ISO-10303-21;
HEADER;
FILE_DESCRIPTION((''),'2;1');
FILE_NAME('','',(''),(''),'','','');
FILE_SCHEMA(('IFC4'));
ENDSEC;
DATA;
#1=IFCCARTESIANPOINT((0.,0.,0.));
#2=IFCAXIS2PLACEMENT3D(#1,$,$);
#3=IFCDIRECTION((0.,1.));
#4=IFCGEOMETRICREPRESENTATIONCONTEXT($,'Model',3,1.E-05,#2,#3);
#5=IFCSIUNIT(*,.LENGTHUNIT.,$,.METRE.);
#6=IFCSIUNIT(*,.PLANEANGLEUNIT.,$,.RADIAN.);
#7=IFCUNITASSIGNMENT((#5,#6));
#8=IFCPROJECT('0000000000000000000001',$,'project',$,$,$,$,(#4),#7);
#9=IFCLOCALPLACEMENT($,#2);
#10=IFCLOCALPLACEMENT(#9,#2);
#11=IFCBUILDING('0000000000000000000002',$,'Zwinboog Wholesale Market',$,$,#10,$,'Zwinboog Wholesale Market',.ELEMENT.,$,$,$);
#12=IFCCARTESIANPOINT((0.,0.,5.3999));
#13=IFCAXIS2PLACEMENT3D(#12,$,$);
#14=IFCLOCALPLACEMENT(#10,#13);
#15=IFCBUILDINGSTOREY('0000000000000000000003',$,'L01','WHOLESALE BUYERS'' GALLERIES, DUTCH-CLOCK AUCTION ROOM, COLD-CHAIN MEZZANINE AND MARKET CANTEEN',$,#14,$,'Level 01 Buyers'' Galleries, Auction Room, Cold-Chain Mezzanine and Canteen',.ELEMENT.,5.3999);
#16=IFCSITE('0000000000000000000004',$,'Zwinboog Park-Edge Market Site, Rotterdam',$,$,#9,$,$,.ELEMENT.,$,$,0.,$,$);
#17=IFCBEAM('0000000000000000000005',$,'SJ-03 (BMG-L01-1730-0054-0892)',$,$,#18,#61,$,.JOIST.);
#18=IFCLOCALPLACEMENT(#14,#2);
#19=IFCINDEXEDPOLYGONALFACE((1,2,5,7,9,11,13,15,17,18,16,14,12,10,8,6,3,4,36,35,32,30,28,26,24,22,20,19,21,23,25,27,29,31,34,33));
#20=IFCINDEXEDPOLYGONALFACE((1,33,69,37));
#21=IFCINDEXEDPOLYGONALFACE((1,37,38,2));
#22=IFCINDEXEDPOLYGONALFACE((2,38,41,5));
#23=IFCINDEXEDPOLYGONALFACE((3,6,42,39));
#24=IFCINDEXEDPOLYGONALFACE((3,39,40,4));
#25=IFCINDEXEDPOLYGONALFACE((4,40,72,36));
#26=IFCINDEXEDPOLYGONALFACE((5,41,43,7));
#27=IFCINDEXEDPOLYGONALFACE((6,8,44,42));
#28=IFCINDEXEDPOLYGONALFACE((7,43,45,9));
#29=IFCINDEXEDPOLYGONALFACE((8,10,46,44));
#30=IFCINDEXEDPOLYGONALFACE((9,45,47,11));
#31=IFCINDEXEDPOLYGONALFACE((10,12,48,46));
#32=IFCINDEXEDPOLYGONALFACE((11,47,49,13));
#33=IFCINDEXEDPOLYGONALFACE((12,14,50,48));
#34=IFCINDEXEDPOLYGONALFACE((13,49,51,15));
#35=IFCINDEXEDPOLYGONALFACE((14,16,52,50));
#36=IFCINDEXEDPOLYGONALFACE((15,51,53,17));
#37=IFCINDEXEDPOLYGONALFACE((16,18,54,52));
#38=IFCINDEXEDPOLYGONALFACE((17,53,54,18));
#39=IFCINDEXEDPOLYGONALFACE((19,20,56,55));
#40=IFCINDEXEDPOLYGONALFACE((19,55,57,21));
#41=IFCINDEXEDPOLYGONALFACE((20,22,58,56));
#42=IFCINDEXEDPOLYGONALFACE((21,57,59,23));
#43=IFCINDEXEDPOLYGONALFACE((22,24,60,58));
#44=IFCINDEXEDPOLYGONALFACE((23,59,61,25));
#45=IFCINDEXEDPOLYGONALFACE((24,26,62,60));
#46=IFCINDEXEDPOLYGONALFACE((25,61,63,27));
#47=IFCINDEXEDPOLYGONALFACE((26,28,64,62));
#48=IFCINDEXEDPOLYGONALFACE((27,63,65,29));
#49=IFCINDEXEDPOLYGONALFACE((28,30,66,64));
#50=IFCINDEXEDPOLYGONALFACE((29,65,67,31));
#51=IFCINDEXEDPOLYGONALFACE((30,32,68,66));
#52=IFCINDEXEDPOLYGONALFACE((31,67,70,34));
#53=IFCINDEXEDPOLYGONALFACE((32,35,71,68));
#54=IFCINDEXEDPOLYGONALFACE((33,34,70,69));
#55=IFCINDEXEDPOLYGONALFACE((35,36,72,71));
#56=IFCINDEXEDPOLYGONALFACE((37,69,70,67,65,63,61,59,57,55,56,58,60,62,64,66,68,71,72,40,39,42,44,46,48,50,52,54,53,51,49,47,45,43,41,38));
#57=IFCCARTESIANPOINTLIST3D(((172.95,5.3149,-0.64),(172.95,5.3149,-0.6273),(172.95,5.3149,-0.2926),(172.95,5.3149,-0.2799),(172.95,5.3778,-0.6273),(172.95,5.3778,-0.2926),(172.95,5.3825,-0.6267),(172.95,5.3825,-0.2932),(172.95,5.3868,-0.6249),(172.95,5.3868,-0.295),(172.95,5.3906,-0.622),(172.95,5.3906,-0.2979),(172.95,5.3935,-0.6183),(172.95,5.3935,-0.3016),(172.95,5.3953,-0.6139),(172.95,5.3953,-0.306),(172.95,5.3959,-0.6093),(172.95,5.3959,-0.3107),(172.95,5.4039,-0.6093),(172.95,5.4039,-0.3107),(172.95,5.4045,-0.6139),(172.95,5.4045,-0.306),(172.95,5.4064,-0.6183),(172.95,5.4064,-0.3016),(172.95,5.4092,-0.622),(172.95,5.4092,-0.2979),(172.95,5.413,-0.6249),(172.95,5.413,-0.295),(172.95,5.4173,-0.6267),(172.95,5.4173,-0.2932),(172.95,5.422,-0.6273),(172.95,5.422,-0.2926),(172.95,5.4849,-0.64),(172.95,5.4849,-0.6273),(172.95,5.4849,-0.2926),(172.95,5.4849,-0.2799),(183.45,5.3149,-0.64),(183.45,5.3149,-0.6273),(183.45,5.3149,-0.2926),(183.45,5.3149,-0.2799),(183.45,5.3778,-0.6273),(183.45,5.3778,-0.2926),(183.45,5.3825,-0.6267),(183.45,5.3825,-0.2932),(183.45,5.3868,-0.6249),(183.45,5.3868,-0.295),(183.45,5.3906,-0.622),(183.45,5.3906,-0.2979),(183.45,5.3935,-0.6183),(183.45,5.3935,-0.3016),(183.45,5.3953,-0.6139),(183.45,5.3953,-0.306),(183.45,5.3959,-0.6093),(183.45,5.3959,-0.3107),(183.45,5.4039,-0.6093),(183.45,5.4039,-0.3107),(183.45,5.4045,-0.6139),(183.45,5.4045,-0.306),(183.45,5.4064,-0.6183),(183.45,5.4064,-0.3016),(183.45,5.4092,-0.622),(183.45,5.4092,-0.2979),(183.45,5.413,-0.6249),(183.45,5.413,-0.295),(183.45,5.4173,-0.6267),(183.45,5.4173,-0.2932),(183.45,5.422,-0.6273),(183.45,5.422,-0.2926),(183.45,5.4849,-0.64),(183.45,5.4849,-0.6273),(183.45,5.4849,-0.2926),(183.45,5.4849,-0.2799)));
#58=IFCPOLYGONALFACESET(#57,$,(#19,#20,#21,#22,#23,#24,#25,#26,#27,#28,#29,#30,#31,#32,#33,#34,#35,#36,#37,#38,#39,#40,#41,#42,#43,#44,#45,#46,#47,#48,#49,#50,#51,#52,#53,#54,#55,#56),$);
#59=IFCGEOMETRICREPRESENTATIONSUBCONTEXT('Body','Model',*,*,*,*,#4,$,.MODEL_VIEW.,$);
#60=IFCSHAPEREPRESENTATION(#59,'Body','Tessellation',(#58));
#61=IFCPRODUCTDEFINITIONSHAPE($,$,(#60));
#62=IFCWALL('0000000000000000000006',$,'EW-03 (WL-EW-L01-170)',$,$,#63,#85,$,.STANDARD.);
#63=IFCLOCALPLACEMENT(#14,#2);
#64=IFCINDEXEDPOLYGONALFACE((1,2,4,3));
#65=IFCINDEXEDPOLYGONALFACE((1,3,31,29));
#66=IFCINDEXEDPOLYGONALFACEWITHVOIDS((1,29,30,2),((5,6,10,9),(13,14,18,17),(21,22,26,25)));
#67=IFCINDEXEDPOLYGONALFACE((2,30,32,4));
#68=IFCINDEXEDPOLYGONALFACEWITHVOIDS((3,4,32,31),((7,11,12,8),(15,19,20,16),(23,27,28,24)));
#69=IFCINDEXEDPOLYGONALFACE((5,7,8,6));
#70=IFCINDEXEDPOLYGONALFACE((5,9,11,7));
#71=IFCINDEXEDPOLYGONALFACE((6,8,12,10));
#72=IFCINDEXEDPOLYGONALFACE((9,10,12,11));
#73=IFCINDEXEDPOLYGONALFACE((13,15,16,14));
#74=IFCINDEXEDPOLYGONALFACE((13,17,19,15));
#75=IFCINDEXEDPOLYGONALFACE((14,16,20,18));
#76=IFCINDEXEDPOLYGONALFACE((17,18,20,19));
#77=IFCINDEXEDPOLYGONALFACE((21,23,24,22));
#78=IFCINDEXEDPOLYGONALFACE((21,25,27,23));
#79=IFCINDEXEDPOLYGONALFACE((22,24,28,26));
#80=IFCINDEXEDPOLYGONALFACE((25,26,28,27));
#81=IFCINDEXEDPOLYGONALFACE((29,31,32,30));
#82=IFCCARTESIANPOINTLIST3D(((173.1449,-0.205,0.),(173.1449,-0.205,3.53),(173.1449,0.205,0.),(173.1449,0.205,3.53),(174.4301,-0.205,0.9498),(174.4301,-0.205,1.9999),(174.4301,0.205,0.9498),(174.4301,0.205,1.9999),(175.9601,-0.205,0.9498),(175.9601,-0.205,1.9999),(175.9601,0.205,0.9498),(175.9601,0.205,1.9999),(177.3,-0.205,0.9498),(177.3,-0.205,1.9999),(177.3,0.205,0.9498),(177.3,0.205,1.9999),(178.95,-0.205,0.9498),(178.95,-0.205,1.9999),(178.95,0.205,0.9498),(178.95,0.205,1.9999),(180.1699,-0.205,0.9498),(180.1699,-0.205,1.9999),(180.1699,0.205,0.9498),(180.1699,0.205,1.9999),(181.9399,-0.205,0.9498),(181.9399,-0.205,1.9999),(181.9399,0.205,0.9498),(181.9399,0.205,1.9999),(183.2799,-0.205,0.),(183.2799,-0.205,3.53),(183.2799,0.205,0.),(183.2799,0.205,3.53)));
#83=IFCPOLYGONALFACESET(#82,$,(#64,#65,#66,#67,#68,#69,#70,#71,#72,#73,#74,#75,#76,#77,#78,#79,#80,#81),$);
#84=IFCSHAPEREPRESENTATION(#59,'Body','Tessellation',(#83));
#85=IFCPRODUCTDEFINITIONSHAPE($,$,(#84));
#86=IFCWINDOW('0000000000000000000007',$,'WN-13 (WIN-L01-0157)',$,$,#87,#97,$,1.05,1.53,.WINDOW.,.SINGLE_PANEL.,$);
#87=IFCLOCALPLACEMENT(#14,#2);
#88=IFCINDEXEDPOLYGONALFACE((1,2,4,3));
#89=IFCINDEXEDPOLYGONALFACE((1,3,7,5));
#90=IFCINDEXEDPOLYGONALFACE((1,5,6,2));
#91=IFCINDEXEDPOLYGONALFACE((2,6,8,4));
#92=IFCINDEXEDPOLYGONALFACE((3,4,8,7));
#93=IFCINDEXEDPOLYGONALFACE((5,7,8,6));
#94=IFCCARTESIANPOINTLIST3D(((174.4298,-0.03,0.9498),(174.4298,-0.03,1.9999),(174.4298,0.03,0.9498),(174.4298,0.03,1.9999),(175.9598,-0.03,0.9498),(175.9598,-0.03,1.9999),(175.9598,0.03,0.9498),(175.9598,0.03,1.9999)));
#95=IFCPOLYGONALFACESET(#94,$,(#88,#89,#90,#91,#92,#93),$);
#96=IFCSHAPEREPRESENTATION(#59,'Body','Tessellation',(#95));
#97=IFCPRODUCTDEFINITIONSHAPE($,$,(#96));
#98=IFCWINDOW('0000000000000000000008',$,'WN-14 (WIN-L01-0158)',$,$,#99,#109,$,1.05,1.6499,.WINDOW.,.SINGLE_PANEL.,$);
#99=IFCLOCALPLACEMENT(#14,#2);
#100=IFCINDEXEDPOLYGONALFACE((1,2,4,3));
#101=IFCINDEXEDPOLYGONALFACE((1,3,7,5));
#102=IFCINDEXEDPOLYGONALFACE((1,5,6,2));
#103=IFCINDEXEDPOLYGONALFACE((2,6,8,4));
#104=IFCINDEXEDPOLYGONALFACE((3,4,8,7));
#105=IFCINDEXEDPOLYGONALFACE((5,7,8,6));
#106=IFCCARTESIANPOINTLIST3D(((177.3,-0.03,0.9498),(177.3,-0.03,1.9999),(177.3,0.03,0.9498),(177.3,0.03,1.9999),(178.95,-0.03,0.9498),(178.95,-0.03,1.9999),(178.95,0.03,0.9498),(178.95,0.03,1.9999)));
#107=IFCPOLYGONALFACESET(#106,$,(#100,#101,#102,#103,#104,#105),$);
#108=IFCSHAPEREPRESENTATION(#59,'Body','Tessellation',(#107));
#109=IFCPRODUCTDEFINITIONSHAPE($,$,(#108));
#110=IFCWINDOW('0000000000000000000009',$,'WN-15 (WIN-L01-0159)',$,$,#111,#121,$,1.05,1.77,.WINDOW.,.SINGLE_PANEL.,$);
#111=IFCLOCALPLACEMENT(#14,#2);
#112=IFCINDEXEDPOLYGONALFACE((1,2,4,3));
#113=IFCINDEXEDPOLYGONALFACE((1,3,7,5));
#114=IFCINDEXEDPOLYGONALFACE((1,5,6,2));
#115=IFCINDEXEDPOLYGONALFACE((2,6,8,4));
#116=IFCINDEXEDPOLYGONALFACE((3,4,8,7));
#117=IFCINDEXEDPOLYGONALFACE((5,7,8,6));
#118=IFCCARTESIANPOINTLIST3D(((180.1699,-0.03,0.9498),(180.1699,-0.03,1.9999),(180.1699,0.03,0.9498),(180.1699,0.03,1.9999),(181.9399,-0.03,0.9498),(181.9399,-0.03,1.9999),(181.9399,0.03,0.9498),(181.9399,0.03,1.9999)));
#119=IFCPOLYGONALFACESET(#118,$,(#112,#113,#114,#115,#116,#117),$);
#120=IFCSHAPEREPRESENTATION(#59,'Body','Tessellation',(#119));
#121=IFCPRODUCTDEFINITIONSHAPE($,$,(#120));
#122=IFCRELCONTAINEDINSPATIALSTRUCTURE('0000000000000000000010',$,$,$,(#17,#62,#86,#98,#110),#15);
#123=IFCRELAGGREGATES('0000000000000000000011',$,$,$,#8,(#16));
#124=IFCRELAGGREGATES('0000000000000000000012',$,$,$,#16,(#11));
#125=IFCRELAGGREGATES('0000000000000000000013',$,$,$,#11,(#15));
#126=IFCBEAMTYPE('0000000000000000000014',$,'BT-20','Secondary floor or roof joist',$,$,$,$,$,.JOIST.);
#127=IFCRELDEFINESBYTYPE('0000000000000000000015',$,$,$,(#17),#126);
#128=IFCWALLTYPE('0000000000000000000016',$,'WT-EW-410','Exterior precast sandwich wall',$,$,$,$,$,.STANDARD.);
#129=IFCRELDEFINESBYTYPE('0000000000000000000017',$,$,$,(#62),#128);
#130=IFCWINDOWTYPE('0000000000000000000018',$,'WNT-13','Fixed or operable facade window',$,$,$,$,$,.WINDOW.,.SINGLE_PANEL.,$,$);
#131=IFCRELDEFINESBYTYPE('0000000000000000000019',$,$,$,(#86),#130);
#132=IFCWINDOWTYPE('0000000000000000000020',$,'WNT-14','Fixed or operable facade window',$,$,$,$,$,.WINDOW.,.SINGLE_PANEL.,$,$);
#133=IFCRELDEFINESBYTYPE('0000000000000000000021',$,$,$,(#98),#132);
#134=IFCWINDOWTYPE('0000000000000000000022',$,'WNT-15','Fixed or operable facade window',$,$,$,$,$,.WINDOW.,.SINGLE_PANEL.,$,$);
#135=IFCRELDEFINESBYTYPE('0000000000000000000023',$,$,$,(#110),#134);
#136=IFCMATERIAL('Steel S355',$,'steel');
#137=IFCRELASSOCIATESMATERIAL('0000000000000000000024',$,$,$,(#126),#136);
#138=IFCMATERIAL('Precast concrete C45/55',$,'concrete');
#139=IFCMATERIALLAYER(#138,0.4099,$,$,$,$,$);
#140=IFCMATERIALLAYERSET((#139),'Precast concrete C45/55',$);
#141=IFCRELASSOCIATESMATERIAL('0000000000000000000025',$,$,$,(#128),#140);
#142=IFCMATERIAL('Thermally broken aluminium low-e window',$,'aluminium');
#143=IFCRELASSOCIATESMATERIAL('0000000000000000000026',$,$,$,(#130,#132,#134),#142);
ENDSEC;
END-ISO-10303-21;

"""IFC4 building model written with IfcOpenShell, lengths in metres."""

from ifc_helpers import new_model, si_unit, direction, frame, frame_2d, origin, origin_2d, place, context, subcontext, project, spatial, rectangle, i_section, extrude, material, layer, layer_set, material_profile, profile_set, type_object, element, fill, save


model = new_model("IFC4")

# Units and contexts
model_context = context("Model", 3, precision=1e-05, world=origin(), true_north=direction((0.0, 1.0)))
body_context = subcontext(model_context, "Body", "Model", "MODEL_VIEW")
ifc_project = project(units=[si_unit("LENGTHUNIT", "METRE"), si_unit("PLANEANGLEUNIT", "RADIAN")], contexts=[model_context])

# Site, building, storey
site_placement = place(None, origin())
site = spatial("IfcSite", under=ifc_project, at=site_placement, Name="Zwinboog Park-Edge Market Site, Rotterdam", CompositionType="ELEMENT", RefElevation=0.0)
building_placement = place(site_placement, origin())
building = spatial("IfcBuilding", under=site, at=building_placement, Name="Zwinboog Wholesale Market", LongName="Zwinboog Wholesale Market", CompositionType="ELEMENT")
storey_placement = place(building_placement, frame((0.0, 0.0, 5.3999)))
storey = spatial("IfcBuildingStorey", under=building, at=storey_placement, Name="L01", Description="WHOLESALE BUYERS' GALLERIES, DUTCH-CLOCK AUCTION ROOM, COLD-CHAIN MEZZANINE AND MARKET CANTEEN", LongName="Level 01 Buyers' Galleries, Auction Room, Cold-Chain Mezzanine and Canteen", CompositionType="ELEMENT", Elevation=5.3999)

# Shared definitions
ifc_material_1 = material(Name="Precast concrete C45/55", Category="concrete")

# Beam
ifc_material_2 = material(Name="Steel S355", Category="steel")
ifc_material_profile_1 = material_profile(ifc_material_2, i_section(OverallWidth=0.1699, OverallDepth=0.3601, WebThickness=0.0081, FlangeThickness=0.0127, FilletRadius=0.0181, at=origin_2d()), Name="IPE 360")
ifc_profile_set_1 = profile_set([ifc_material_profile_1], Name="Steel S355")
beam_type_1 = type_object("IfcBeamType", Name="BT-20", Description="Secondary floor or roof joist", PredefinedType="JOIST", material=ifc_profile_set_1)
beam_1_placement = place(storey_placement, frame((172.95, 5.3999, -0.46), z_axis=(1.0, 0.0, 0.0), x_axis=(0.0, 1.0, 0.0)))
element("IfcBeam", 1, at=beam_1_placement, inside=storey, type_object=beam_type_1, Name="SJ-03 (BMG-L01-1730-0054-0892)", PredefinedType="JOIST", context=body_context, shape_type="SweptSolid", body=[
    extrude(i_section(OverallWidth=0.1699, OverallDepth=0.3601, WebThickness=0.0081, FlangeThickness=0.0127, FilletRadius=0.0181, at=origin_2d()), origin(), (0.0, 0.0, 1.0), 10.5),
])

# Wall, openings, windows
ifc_layer_1 = layer(ifc_material_1, 0.4099)
ifc_layer_set_1 = layer_set([ifc_layer_1], Name="Precast concrete C45/55")
wall_type_1 = type_object("IfcWallType", Name="WT-EW-410", Description="Exterior precast sandwich wall", PredefinedType="STANDARD", material=ifc_layer_set_1)
wall_1_placement = place(storey_placement, frame((173.145, 0.0, 0.0), z_axis=(0.0, 0.0, 1.0), x_axis=(1.0, 0.0, 0.0)))
wall_1 = element("IfcWall", 2, at=wall_1_placement, inside=storey, type_object=wall_type_1, Name="EW-03 (WL-EW-L01-170)", PredefinedType="STANDARD", context=body_context, shape_type="SweptSolid", body=[
    extrude(rectangle(XDim=10.135, YDim=0.4099, at=frame_2d((5.0674, 0.0))), origin(), (0.0, 0.0, 1.0), 3.53),
])
opening_1_placement = place(wall_1_placement, frame((1.2849, 0.0, 0.95)))
opening_1 = element("IfcOpeningElement", 3, at=opening_1_placement, cuts=wall_1, PredefinedType="OPENING", context=body_context, shape_type="SweptSolid", body=[
    extrude(rectangle(XDim=1.53, YDim=1.05, at=frame_2d((0.7651, 0.5249))), frame((0.0, 0.2148, 0.0), z_axis=(0.0, -1.0, 0.0), x_axis=(1.0, 0.0, 0.0)), (0.0, 0.0, 1.0), 0.4299),
])
opening_2_placement = place(wall_1_placement, frame((4.155, 0.0, 0.95)))
opening_2 = element("IfcOpeningElement", 4, at=opening_2_placement, cuts=wall_1, PredefinedType="OPENING", context=body_context, shape_type="SweptSolid", body=[
    extrude(rectangle(XDim=1.6499, YDim=1.05, at=frame_2d((0.825, 0.5249))), frame((0.0, 0.2148, 0.0), z_axis=(0.0, -1.0, 0.0), x_axis=(1.0, 0.0, 0.0)), (0.0, 0.0, 1.0), 0.4299),
])
opening_3_placement = place(wall_1_placement, frame((7.0249, 0.0, 0.95)))
opening_3 = element("IfcOpeningElement", 5, at=opening_3_placement, cuts=wall_1, PredefinedType="OPENING", context=body_context, shape_type="SweptSolid", body=[
    extrude(rectangle(XDim=1.77, YDim=1.05, at=frame_2d((0.885, 0.5249))), frame((0.0, 0.2148, 0.0), z_axis=(0.0, -1.0, 0.0), x_axis=(1.0, 0.0, 0.0)), (0.0, 0.0, 1.0), 0.4299),
])
ifc_material_3 = material(Name="Thermally broken aluminium low-e window", Category="aluminium")
window_type_1 = type_object("IfcWindowType", Name="WNT-13", Description="Fixed or operable facade window", PartitioningType="SINGLE_PANEL", PredefinedType="WINDOW", material=ifc_material_3)
window_1_placement = place(opening_1_placement, frame((1.53, 0.0, 0.0), z_axis=(0.0, 0.0, 1.0), x_axis=(-1.0, 0.0, 0.0)))
window_1 = element("IfcWindow", 6, at=window_1_placement, inside=storey, type_object=window_type_1, Name="WN-13 (WIN-L01-0157)", OverallHeight=1.05, OverallWidth=1.53, PartitioningType="SINGLE_PANEL", PredefinedType="WINDOW", context=body_context, shape_type="SweptSolid", body=[
    extrude(rectangle(XDim=1.53, YDim=1.05, at=frame_2d((0.7651, 0.5249))), frame((0.0, 0.03, 0.0), z_axis=(0.0, -1.0, 0.0), x_axis=(1.0, 0.0, 0.0)), (0.0, 0.0, 1.0), 0.0601),
])
fill(opening_1, window_1)
window_type_2 = type_object("IfcWindowType", Name="WNT-14", Description="Fixed or operable facade window", PartitioningType="SINGLE_PANEL", PredefinedType="WINDOW", material=ifc_material_3)
window_2_placement = place(opening_2_placement, frame((1.6499, 0.0, 0.0), z_axis=(0.0, 0.0, 1.0), x_axis=(-1.0, 0.0, 0.0)))
window_2 = element("IfcWindow", 7, at=window_2_placement, inside=storey, type_object=window_type_2, Name="WN-14 (WIN-L01-0158)", OverallHeight=1.05, OverallWidth=1.6499, PartitioningType="SINGLE_PANEL", PredefinedType="WINDOW", context=body_context, shape_type="SweptSolid", body=[
    extrude(rectangle(XDim=1.6499, YDim=1.05, at=frame_2d((0.825, 0.5249))), frame((0.0, 0.03, 0.0), z_axis=(0.0, -1.0, 0.0), x_axis=(1.0, 0.0, 0.0)), (0.0, 0.0, 1.0), 0.0601),
])
fill(opening_2, window_2)
window_type_3 = type_object("IfcWindowType", Name="WNT-15", Description="Fixed or operable facade window", PartitioningType="SINGLE_PANEL", PredefinedType="WINDOW", material=ifc_material_3)
window_3_placement = place(opening_3_placement, frame((1.77, 0.0, 0.0), z_axis=(0.0, 0.0, 1.0), x_axis=(-1.0, 0.0, 0.0)))
window_3 = element("IfcWindow", 8, at=window_3_placement, inside=storey, type_object=window_type_3, Name="WN-15 (WIN-L01-0159)", OverallHeight=1.05, OverallWidth=1.77, PartitioningType="SINGLE_PANEL", PredefinedType="WINDOW", context=body_context, shape_type="SweptSolid", body=[
    extrude(rectangle(XDim=1.77, YDim=1.05, at=frame_2d((0.885, 0.5249))), frame((0.0, 0.03, 0.0), z_axis=(0.0, -1.0, 0.0), x_axis=(1.0, 0.0, 0.0)), (0.0, 0.0, 1.0), 0.0601),
])
fill(opening_3, window_3)

save(model, "model.ifc")
